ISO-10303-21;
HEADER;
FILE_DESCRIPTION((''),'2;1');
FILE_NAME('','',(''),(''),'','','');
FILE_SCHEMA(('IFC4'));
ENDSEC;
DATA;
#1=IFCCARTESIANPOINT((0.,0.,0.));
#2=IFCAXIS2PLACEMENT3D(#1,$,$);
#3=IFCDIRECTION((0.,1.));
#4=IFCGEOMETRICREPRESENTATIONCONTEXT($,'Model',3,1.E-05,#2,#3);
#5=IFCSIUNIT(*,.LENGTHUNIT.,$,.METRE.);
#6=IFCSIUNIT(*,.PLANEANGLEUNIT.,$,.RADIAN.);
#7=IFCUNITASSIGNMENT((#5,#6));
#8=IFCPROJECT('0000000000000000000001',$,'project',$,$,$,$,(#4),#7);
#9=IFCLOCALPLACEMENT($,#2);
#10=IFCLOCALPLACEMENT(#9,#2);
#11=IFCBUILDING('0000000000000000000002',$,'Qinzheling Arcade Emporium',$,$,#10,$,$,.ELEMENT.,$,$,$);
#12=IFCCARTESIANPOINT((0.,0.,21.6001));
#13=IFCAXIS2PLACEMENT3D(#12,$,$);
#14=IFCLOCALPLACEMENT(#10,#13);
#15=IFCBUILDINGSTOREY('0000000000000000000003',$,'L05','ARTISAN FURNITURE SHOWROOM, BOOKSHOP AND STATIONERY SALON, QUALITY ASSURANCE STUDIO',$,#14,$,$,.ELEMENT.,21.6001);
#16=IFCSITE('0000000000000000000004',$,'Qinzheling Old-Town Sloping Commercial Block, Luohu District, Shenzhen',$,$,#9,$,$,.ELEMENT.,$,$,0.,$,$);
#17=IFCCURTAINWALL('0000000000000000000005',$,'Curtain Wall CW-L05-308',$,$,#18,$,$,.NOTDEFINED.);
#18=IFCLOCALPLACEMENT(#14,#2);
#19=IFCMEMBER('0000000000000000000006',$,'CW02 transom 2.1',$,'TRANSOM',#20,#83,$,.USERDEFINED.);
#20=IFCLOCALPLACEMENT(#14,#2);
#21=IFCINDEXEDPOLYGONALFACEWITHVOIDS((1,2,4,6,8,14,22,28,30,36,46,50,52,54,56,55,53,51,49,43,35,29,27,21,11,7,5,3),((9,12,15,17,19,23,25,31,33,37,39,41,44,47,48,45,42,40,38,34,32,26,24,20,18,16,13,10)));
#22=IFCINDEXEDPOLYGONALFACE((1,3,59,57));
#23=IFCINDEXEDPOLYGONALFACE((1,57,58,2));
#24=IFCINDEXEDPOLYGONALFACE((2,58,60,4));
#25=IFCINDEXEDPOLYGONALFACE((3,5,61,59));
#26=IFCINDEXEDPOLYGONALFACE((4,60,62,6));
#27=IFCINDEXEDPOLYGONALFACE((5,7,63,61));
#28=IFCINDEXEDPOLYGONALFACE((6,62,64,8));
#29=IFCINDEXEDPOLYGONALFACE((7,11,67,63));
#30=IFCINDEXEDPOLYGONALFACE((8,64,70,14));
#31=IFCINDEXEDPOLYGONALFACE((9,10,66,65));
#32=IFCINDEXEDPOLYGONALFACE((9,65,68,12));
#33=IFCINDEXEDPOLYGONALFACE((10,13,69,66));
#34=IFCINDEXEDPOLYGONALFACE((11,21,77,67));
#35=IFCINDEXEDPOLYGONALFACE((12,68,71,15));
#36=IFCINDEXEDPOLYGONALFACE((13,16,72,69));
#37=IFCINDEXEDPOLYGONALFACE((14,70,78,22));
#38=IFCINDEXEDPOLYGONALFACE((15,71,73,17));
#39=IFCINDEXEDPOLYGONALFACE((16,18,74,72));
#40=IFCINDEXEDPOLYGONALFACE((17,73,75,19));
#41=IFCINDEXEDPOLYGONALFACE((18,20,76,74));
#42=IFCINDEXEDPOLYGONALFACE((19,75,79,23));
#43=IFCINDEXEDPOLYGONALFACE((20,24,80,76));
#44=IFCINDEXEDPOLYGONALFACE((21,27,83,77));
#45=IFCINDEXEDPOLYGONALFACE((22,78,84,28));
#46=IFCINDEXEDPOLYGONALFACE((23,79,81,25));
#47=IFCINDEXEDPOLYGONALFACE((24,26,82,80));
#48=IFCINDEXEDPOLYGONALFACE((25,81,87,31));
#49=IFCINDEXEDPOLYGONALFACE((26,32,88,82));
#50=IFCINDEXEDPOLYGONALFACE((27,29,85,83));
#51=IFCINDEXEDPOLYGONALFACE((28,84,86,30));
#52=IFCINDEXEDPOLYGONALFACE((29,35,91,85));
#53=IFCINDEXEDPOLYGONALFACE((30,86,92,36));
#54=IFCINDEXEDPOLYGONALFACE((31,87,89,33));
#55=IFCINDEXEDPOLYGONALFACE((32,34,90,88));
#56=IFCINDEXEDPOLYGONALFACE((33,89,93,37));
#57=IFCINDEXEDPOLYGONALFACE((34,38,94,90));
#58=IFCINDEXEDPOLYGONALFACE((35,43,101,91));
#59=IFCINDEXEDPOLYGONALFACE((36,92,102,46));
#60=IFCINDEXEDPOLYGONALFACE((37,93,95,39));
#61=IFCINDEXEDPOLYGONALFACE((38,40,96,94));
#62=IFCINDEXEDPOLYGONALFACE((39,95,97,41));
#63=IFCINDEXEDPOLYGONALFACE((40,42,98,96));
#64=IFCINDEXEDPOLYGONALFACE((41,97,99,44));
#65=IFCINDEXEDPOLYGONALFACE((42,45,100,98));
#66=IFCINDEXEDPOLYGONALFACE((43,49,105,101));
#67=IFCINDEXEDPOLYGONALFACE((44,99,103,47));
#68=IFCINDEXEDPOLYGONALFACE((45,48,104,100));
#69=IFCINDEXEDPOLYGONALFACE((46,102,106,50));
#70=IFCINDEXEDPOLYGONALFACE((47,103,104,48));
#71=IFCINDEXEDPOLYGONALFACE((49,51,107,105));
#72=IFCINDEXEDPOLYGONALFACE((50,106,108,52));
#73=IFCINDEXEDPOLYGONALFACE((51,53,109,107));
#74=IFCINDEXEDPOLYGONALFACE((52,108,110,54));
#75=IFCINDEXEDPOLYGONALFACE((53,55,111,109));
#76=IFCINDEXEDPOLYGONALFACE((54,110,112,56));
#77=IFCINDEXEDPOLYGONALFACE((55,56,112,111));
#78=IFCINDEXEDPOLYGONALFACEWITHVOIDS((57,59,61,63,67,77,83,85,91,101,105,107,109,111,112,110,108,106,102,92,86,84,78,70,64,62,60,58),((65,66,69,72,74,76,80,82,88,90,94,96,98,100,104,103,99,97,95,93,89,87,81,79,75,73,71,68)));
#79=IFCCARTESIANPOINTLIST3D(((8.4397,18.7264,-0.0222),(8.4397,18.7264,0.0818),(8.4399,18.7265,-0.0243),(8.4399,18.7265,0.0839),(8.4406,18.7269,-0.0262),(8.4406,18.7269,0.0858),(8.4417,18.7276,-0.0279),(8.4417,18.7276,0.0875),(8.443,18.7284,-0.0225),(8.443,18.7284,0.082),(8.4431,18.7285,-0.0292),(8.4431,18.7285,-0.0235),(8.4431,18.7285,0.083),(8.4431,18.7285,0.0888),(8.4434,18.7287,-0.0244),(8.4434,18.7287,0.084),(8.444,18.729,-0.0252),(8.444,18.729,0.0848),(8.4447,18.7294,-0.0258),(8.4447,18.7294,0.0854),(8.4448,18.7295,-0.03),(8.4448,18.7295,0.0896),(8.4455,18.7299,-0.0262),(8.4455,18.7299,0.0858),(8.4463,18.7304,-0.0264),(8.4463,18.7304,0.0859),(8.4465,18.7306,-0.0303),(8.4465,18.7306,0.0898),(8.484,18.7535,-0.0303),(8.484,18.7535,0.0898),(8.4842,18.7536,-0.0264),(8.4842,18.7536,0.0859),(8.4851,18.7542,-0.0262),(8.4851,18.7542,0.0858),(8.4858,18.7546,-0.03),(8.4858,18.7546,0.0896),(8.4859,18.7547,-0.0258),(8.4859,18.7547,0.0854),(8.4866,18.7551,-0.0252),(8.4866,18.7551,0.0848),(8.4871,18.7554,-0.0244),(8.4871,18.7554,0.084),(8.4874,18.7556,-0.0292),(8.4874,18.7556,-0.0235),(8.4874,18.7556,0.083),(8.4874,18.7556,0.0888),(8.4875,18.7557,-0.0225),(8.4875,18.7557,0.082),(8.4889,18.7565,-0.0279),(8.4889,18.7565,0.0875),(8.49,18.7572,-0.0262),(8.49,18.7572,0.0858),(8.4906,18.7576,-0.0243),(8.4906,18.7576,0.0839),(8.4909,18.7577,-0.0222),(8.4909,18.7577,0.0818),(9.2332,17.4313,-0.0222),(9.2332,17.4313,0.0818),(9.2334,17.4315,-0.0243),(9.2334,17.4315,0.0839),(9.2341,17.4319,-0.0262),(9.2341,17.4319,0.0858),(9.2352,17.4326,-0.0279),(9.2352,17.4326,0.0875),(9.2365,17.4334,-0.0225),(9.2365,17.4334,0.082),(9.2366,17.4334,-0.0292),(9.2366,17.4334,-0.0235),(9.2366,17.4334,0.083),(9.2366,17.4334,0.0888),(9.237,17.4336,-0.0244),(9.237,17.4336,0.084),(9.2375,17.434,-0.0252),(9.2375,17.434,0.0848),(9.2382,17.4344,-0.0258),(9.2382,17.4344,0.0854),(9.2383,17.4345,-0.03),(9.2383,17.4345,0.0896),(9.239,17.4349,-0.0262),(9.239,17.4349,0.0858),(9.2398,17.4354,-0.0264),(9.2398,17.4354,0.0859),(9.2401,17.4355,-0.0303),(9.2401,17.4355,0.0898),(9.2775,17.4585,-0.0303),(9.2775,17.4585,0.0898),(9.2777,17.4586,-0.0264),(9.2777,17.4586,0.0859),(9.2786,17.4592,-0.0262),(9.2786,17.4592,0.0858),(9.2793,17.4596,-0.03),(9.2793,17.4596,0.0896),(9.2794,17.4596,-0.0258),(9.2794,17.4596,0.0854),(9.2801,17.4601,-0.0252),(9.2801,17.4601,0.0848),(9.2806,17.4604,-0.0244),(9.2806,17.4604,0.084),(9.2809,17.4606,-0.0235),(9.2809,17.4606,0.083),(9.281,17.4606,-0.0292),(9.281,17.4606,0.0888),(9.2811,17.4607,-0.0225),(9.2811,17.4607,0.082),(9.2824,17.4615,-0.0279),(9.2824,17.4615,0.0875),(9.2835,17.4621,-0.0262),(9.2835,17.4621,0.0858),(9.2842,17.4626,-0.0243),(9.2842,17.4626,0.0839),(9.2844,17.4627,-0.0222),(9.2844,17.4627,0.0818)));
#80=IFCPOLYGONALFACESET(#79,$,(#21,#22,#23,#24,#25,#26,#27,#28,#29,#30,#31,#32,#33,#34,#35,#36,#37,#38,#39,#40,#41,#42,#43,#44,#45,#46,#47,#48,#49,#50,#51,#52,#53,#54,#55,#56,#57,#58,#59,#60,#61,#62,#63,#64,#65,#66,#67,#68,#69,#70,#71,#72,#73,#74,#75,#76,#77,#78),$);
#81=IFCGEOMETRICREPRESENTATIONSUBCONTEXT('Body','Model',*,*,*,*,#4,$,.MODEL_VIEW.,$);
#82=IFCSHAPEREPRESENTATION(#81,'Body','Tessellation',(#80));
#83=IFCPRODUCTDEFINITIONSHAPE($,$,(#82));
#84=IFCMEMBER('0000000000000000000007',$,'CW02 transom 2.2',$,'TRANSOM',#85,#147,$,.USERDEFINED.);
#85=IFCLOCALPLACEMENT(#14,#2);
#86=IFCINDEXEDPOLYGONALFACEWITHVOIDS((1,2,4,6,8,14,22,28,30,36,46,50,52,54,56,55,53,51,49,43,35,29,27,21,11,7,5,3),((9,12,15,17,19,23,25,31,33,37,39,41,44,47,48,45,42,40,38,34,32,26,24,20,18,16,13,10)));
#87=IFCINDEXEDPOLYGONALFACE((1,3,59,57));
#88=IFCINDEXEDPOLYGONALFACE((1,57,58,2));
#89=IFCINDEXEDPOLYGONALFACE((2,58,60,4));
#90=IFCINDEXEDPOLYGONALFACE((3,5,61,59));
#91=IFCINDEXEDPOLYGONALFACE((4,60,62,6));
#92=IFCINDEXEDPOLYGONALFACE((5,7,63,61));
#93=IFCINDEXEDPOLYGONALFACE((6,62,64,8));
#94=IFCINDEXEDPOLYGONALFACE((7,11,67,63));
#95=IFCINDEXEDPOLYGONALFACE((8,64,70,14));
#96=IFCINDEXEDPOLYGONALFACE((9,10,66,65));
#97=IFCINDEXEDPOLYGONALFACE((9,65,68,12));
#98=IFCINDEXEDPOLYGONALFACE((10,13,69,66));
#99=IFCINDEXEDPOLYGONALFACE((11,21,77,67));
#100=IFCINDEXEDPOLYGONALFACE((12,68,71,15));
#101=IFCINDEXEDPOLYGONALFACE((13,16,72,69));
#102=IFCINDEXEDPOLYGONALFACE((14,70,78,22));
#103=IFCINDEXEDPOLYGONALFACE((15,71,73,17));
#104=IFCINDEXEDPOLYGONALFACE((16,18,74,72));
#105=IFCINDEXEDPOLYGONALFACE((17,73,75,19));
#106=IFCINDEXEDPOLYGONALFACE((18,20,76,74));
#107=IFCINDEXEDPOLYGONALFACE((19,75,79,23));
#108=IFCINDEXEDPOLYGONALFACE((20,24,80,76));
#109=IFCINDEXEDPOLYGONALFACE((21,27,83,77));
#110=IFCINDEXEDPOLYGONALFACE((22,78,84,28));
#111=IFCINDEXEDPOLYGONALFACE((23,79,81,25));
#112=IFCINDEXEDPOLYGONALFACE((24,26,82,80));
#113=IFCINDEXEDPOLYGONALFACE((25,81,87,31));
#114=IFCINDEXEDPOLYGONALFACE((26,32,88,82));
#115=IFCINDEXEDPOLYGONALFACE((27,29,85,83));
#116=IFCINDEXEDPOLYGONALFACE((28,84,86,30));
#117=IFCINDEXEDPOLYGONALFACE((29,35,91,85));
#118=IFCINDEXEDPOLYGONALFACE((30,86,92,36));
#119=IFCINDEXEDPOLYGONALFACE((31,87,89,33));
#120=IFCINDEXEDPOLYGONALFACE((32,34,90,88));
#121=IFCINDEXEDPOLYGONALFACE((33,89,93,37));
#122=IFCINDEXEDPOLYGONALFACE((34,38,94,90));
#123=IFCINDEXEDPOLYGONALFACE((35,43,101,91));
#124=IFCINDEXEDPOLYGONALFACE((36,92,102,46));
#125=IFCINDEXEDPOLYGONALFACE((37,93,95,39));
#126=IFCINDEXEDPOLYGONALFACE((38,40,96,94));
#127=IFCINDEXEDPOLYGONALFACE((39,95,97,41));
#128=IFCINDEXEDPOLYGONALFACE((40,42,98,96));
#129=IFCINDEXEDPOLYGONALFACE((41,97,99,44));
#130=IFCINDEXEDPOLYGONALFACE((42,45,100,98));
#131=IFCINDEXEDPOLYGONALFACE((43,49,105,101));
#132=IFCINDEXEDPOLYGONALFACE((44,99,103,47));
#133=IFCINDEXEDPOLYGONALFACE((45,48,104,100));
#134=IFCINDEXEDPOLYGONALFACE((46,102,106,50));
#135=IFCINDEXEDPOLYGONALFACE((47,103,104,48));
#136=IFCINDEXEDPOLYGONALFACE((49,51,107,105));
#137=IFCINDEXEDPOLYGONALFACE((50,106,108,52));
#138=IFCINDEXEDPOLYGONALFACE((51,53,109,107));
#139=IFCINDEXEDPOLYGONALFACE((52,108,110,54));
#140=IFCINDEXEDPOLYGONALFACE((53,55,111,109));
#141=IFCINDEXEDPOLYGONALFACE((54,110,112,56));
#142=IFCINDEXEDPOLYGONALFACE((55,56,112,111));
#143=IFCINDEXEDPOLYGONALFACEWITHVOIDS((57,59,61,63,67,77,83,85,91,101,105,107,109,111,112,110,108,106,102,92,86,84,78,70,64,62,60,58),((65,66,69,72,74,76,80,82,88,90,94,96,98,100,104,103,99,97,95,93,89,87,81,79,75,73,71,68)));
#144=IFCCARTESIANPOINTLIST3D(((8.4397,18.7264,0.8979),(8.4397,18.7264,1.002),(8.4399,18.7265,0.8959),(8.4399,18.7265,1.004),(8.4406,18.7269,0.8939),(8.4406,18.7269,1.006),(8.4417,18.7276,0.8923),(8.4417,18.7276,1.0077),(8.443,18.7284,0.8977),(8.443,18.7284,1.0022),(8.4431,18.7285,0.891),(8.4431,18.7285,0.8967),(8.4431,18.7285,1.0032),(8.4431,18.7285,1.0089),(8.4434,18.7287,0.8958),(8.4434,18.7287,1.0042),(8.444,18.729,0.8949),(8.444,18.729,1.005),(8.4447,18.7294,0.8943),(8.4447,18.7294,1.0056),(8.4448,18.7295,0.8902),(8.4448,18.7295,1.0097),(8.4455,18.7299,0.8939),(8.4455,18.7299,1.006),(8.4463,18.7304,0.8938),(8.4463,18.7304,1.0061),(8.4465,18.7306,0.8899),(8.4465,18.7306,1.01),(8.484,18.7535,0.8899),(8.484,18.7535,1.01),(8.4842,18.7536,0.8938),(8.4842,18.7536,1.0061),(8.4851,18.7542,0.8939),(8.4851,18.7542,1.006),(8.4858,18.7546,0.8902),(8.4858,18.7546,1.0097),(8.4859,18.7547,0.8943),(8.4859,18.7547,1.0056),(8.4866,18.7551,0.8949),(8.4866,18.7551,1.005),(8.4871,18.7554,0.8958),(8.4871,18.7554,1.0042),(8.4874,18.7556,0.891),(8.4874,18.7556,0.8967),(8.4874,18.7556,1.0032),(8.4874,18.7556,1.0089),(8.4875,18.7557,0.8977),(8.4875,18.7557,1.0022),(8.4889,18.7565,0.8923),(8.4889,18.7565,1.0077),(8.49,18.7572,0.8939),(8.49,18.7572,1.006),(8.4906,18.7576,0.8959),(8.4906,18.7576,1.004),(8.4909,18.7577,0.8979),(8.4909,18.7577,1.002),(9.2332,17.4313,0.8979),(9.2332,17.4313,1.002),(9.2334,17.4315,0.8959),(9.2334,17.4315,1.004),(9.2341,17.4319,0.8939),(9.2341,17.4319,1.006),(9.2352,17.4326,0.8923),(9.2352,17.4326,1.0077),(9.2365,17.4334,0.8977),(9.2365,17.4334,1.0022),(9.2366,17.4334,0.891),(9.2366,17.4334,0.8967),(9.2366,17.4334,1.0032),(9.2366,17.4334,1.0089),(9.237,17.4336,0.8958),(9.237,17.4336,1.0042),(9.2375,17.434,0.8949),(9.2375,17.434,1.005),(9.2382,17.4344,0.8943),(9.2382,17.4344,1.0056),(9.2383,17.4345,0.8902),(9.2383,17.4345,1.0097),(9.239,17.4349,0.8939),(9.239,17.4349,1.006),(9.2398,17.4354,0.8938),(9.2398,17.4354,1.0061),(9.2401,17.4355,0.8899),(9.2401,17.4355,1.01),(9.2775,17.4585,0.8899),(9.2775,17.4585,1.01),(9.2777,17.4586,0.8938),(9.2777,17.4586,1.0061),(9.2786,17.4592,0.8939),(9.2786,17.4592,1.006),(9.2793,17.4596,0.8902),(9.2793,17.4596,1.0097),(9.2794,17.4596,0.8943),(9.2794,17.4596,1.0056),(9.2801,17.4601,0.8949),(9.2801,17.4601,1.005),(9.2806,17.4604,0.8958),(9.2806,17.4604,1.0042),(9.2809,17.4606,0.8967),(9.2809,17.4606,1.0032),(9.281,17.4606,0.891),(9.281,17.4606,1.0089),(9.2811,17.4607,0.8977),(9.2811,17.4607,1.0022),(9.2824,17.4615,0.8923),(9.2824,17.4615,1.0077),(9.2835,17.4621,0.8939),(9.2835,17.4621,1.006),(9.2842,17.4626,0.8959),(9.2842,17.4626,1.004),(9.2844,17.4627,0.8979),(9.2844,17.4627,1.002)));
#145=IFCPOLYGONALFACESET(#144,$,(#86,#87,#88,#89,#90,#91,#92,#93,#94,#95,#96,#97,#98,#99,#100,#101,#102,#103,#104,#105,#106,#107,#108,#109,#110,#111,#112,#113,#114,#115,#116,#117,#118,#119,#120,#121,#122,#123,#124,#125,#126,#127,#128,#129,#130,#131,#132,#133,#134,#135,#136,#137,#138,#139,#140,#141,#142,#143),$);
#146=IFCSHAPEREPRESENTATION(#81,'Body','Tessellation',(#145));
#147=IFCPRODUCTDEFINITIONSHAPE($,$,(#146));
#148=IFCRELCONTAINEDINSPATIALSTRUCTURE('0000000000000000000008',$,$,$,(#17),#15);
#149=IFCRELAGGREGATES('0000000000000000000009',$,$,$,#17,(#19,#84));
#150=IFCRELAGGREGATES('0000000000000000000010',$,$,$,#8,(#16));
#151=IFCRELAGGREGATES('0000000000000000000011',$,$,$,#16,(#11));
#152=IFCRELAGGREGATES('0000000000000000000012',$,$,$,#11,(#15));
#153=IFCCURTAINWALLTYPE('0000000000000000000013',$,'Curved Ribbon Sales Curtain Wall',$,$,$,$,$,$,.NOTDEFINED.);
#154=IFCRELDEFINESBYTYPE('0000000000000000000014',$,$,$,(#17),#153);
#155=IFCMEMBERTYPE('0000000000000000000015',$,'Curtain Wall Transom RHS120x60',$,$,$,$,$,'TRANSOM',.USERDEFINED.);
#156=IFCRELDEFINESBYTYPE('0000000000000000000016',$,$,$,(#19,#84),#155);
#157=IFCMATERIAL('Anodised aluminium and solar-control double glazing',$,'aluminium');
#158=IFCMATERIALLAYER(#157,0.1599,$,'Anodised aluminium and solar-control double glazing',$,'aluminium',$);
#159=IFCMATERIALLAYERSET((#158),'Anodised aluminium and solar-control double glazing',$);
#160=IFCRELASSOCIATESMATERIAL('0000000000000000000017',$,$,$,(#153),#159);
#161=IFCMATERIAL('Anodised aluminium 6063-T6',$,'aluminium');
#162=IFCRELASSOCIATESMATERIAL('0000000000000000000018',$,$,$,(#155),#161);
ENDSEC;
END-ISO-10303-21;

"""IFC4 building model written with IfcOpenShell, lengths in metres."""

from ifc_helpers import new_model, si_unit, direction, frame, origin, origin_2d, place, context, subcontext, project, spatial, hollow_rectangle, extrude, material, layer, layer_set, material_profile, profile_set, type_object, element, aggregate, save


model = new_model("IFC4")

# Units and contexts
model_context = context("Model", 3, precision=1e-05, world=origin(), true_north=direction((0.0, 1.0)))
body_context = subcontext(model_context, "Body", "Model", "MODEL_VIEW")
ifc_project = project(units=[si_unit("LENGTHUNIT", "METRE"), si_unit("PLANEANGLEUNIT", "RADIAN")], contexts=[model_context])

# Site, building, storey
site_placement = place(None, origin())
site = spatial("IfcSite", under=ifc_project, at=site_placement, Name="Qinzheling Old-Town Sloping Commercial Block, Luohu District, Shenzhen", CompositionType="ELEMENT", RefElevation=0.0)
building_placement = place(site_placement, origin())
building = spatial("IfcBuilding", under=site, at=building_placement, Name="Qinzheling Arcade Emporium", CompositionType="ELEMENT")
storey_placement = place(building_placement, frame((0.0, 0.0, 21.6001)))
storey = spatial("IfcBuildingStorey", under=building, at=storey_placement, Name="L05", Description="ARTISAN FURNITURE SHOWROOM, BOOKSHOP AND STATIONERY SALON, QUALITY ASSURANCE STUDIO", CompositionType="ELEMENT", Elevation=21.6001)

# Curtain wall
ifc_material_1 = material(Name="Anodised aluminium and solar-control double glazing", Category="aluminium")
ifc_layer_1 = layer(ifc_material_1, 0.1599, Name="Anodised aluminium and solar-control double glazing", Category="aluminium")
ifc_layer_set_1 = layer_set([ifc_layer_1], Name="Anodised aluminium and solar-control double glazing")
curtain_wall_type = type_object("IfcCurtainWallType", Name="Curved Ribbon Sales Curtain Wall", PredefinedType="NOTDEFINED", material=ifc_layer_set_1)
ifc_material_2 = material(Name="Anodised aluminium 6063-T6", Category="aluminium")
curtain_wall_1_placement = place(storey_placement, origin())
curtain_wall_1 = element("IfcCurtainWall", 1, at=curtain_wall_1_placement, inside=storey, type_object=curtain_wall_type, Name="Curtain Wall CW-L05-308", PredefinedType="NOTDEFINED")

# Members
ifc_material_profile_1 = material_profile(ifc_material_2, hollow_rectangle(XDim=0.0601, YDim=0.1201, WallThickness=0.0039, InnerFilletRadius=0.0039, OuterFilletRadius=0.0081, at=origin_2d()), Name="RHS 120x60x4", Category="aluminium")
ifc_profile_set_1 = profile_set([ifc_material_profile_1], Name="Anodised aluminium 6063-T6")
member_type_1 = type_object("IfcMemberType", Name="Curtain Wall Transom RHS120x60", ElementType="TRANSOM", PredefinedType="USERDEFINED", material=ifc_profile_set_1)
member_1_placement = place(storey_placement, frame((9.2588, 17.447, 0.0298), z_axis=(-0.522464, 0.852661, 0.0), x_axis=(-0.852661, -0.522464, 0.0)))
member_1 = element("IfcMember", 2, at=member_1_placement, type_object=member_type_1, Name="CW02 transom 2.1", ObjectType="TRANSOM", PredefinedType="USERDEFINED", context=body_context, shape_type="SweptSolid", body=[
    extrude(hollow_rectangle(XDim=0.0601, YDim=0.1201, WallThickness=0.0039, InnerFilletRadius=0.0039, OuterFilletRadius=0.0081, at=origin_2d()), origin(), (0.0, 0.0, 1.0), 1.5188),
])
member_2_placement = place(storey_placement, frame((9.2588, 17.447, 0.95), z_axis=(-0.522464, 0.852661, 0.0), x_axis=(-0.852661, -0.522464, 0.0)))
member_2 = element("IfcMember", 3, at=member_2_placement, type_object=member_type_1, Name="CW02 transom 2.2", ObjectType="TRANSOM", PredefinedType="USERDEFINED", context=body_context, shape_type="SweptSolid", body=[
    extrude(hollow_rectangle(XDim=0.0601, YDim=0.1201, WallThickness=0.0039, InnerFilletRadius=0.0039, OuterFilletRadius=0.0081, at=origin_2d()), origin(), (0.0, 0.0, 1.0), 1.5188),
])

aggregate(curtain_wall_1, [member_1, member_2])

save(model, "model.ifc")
